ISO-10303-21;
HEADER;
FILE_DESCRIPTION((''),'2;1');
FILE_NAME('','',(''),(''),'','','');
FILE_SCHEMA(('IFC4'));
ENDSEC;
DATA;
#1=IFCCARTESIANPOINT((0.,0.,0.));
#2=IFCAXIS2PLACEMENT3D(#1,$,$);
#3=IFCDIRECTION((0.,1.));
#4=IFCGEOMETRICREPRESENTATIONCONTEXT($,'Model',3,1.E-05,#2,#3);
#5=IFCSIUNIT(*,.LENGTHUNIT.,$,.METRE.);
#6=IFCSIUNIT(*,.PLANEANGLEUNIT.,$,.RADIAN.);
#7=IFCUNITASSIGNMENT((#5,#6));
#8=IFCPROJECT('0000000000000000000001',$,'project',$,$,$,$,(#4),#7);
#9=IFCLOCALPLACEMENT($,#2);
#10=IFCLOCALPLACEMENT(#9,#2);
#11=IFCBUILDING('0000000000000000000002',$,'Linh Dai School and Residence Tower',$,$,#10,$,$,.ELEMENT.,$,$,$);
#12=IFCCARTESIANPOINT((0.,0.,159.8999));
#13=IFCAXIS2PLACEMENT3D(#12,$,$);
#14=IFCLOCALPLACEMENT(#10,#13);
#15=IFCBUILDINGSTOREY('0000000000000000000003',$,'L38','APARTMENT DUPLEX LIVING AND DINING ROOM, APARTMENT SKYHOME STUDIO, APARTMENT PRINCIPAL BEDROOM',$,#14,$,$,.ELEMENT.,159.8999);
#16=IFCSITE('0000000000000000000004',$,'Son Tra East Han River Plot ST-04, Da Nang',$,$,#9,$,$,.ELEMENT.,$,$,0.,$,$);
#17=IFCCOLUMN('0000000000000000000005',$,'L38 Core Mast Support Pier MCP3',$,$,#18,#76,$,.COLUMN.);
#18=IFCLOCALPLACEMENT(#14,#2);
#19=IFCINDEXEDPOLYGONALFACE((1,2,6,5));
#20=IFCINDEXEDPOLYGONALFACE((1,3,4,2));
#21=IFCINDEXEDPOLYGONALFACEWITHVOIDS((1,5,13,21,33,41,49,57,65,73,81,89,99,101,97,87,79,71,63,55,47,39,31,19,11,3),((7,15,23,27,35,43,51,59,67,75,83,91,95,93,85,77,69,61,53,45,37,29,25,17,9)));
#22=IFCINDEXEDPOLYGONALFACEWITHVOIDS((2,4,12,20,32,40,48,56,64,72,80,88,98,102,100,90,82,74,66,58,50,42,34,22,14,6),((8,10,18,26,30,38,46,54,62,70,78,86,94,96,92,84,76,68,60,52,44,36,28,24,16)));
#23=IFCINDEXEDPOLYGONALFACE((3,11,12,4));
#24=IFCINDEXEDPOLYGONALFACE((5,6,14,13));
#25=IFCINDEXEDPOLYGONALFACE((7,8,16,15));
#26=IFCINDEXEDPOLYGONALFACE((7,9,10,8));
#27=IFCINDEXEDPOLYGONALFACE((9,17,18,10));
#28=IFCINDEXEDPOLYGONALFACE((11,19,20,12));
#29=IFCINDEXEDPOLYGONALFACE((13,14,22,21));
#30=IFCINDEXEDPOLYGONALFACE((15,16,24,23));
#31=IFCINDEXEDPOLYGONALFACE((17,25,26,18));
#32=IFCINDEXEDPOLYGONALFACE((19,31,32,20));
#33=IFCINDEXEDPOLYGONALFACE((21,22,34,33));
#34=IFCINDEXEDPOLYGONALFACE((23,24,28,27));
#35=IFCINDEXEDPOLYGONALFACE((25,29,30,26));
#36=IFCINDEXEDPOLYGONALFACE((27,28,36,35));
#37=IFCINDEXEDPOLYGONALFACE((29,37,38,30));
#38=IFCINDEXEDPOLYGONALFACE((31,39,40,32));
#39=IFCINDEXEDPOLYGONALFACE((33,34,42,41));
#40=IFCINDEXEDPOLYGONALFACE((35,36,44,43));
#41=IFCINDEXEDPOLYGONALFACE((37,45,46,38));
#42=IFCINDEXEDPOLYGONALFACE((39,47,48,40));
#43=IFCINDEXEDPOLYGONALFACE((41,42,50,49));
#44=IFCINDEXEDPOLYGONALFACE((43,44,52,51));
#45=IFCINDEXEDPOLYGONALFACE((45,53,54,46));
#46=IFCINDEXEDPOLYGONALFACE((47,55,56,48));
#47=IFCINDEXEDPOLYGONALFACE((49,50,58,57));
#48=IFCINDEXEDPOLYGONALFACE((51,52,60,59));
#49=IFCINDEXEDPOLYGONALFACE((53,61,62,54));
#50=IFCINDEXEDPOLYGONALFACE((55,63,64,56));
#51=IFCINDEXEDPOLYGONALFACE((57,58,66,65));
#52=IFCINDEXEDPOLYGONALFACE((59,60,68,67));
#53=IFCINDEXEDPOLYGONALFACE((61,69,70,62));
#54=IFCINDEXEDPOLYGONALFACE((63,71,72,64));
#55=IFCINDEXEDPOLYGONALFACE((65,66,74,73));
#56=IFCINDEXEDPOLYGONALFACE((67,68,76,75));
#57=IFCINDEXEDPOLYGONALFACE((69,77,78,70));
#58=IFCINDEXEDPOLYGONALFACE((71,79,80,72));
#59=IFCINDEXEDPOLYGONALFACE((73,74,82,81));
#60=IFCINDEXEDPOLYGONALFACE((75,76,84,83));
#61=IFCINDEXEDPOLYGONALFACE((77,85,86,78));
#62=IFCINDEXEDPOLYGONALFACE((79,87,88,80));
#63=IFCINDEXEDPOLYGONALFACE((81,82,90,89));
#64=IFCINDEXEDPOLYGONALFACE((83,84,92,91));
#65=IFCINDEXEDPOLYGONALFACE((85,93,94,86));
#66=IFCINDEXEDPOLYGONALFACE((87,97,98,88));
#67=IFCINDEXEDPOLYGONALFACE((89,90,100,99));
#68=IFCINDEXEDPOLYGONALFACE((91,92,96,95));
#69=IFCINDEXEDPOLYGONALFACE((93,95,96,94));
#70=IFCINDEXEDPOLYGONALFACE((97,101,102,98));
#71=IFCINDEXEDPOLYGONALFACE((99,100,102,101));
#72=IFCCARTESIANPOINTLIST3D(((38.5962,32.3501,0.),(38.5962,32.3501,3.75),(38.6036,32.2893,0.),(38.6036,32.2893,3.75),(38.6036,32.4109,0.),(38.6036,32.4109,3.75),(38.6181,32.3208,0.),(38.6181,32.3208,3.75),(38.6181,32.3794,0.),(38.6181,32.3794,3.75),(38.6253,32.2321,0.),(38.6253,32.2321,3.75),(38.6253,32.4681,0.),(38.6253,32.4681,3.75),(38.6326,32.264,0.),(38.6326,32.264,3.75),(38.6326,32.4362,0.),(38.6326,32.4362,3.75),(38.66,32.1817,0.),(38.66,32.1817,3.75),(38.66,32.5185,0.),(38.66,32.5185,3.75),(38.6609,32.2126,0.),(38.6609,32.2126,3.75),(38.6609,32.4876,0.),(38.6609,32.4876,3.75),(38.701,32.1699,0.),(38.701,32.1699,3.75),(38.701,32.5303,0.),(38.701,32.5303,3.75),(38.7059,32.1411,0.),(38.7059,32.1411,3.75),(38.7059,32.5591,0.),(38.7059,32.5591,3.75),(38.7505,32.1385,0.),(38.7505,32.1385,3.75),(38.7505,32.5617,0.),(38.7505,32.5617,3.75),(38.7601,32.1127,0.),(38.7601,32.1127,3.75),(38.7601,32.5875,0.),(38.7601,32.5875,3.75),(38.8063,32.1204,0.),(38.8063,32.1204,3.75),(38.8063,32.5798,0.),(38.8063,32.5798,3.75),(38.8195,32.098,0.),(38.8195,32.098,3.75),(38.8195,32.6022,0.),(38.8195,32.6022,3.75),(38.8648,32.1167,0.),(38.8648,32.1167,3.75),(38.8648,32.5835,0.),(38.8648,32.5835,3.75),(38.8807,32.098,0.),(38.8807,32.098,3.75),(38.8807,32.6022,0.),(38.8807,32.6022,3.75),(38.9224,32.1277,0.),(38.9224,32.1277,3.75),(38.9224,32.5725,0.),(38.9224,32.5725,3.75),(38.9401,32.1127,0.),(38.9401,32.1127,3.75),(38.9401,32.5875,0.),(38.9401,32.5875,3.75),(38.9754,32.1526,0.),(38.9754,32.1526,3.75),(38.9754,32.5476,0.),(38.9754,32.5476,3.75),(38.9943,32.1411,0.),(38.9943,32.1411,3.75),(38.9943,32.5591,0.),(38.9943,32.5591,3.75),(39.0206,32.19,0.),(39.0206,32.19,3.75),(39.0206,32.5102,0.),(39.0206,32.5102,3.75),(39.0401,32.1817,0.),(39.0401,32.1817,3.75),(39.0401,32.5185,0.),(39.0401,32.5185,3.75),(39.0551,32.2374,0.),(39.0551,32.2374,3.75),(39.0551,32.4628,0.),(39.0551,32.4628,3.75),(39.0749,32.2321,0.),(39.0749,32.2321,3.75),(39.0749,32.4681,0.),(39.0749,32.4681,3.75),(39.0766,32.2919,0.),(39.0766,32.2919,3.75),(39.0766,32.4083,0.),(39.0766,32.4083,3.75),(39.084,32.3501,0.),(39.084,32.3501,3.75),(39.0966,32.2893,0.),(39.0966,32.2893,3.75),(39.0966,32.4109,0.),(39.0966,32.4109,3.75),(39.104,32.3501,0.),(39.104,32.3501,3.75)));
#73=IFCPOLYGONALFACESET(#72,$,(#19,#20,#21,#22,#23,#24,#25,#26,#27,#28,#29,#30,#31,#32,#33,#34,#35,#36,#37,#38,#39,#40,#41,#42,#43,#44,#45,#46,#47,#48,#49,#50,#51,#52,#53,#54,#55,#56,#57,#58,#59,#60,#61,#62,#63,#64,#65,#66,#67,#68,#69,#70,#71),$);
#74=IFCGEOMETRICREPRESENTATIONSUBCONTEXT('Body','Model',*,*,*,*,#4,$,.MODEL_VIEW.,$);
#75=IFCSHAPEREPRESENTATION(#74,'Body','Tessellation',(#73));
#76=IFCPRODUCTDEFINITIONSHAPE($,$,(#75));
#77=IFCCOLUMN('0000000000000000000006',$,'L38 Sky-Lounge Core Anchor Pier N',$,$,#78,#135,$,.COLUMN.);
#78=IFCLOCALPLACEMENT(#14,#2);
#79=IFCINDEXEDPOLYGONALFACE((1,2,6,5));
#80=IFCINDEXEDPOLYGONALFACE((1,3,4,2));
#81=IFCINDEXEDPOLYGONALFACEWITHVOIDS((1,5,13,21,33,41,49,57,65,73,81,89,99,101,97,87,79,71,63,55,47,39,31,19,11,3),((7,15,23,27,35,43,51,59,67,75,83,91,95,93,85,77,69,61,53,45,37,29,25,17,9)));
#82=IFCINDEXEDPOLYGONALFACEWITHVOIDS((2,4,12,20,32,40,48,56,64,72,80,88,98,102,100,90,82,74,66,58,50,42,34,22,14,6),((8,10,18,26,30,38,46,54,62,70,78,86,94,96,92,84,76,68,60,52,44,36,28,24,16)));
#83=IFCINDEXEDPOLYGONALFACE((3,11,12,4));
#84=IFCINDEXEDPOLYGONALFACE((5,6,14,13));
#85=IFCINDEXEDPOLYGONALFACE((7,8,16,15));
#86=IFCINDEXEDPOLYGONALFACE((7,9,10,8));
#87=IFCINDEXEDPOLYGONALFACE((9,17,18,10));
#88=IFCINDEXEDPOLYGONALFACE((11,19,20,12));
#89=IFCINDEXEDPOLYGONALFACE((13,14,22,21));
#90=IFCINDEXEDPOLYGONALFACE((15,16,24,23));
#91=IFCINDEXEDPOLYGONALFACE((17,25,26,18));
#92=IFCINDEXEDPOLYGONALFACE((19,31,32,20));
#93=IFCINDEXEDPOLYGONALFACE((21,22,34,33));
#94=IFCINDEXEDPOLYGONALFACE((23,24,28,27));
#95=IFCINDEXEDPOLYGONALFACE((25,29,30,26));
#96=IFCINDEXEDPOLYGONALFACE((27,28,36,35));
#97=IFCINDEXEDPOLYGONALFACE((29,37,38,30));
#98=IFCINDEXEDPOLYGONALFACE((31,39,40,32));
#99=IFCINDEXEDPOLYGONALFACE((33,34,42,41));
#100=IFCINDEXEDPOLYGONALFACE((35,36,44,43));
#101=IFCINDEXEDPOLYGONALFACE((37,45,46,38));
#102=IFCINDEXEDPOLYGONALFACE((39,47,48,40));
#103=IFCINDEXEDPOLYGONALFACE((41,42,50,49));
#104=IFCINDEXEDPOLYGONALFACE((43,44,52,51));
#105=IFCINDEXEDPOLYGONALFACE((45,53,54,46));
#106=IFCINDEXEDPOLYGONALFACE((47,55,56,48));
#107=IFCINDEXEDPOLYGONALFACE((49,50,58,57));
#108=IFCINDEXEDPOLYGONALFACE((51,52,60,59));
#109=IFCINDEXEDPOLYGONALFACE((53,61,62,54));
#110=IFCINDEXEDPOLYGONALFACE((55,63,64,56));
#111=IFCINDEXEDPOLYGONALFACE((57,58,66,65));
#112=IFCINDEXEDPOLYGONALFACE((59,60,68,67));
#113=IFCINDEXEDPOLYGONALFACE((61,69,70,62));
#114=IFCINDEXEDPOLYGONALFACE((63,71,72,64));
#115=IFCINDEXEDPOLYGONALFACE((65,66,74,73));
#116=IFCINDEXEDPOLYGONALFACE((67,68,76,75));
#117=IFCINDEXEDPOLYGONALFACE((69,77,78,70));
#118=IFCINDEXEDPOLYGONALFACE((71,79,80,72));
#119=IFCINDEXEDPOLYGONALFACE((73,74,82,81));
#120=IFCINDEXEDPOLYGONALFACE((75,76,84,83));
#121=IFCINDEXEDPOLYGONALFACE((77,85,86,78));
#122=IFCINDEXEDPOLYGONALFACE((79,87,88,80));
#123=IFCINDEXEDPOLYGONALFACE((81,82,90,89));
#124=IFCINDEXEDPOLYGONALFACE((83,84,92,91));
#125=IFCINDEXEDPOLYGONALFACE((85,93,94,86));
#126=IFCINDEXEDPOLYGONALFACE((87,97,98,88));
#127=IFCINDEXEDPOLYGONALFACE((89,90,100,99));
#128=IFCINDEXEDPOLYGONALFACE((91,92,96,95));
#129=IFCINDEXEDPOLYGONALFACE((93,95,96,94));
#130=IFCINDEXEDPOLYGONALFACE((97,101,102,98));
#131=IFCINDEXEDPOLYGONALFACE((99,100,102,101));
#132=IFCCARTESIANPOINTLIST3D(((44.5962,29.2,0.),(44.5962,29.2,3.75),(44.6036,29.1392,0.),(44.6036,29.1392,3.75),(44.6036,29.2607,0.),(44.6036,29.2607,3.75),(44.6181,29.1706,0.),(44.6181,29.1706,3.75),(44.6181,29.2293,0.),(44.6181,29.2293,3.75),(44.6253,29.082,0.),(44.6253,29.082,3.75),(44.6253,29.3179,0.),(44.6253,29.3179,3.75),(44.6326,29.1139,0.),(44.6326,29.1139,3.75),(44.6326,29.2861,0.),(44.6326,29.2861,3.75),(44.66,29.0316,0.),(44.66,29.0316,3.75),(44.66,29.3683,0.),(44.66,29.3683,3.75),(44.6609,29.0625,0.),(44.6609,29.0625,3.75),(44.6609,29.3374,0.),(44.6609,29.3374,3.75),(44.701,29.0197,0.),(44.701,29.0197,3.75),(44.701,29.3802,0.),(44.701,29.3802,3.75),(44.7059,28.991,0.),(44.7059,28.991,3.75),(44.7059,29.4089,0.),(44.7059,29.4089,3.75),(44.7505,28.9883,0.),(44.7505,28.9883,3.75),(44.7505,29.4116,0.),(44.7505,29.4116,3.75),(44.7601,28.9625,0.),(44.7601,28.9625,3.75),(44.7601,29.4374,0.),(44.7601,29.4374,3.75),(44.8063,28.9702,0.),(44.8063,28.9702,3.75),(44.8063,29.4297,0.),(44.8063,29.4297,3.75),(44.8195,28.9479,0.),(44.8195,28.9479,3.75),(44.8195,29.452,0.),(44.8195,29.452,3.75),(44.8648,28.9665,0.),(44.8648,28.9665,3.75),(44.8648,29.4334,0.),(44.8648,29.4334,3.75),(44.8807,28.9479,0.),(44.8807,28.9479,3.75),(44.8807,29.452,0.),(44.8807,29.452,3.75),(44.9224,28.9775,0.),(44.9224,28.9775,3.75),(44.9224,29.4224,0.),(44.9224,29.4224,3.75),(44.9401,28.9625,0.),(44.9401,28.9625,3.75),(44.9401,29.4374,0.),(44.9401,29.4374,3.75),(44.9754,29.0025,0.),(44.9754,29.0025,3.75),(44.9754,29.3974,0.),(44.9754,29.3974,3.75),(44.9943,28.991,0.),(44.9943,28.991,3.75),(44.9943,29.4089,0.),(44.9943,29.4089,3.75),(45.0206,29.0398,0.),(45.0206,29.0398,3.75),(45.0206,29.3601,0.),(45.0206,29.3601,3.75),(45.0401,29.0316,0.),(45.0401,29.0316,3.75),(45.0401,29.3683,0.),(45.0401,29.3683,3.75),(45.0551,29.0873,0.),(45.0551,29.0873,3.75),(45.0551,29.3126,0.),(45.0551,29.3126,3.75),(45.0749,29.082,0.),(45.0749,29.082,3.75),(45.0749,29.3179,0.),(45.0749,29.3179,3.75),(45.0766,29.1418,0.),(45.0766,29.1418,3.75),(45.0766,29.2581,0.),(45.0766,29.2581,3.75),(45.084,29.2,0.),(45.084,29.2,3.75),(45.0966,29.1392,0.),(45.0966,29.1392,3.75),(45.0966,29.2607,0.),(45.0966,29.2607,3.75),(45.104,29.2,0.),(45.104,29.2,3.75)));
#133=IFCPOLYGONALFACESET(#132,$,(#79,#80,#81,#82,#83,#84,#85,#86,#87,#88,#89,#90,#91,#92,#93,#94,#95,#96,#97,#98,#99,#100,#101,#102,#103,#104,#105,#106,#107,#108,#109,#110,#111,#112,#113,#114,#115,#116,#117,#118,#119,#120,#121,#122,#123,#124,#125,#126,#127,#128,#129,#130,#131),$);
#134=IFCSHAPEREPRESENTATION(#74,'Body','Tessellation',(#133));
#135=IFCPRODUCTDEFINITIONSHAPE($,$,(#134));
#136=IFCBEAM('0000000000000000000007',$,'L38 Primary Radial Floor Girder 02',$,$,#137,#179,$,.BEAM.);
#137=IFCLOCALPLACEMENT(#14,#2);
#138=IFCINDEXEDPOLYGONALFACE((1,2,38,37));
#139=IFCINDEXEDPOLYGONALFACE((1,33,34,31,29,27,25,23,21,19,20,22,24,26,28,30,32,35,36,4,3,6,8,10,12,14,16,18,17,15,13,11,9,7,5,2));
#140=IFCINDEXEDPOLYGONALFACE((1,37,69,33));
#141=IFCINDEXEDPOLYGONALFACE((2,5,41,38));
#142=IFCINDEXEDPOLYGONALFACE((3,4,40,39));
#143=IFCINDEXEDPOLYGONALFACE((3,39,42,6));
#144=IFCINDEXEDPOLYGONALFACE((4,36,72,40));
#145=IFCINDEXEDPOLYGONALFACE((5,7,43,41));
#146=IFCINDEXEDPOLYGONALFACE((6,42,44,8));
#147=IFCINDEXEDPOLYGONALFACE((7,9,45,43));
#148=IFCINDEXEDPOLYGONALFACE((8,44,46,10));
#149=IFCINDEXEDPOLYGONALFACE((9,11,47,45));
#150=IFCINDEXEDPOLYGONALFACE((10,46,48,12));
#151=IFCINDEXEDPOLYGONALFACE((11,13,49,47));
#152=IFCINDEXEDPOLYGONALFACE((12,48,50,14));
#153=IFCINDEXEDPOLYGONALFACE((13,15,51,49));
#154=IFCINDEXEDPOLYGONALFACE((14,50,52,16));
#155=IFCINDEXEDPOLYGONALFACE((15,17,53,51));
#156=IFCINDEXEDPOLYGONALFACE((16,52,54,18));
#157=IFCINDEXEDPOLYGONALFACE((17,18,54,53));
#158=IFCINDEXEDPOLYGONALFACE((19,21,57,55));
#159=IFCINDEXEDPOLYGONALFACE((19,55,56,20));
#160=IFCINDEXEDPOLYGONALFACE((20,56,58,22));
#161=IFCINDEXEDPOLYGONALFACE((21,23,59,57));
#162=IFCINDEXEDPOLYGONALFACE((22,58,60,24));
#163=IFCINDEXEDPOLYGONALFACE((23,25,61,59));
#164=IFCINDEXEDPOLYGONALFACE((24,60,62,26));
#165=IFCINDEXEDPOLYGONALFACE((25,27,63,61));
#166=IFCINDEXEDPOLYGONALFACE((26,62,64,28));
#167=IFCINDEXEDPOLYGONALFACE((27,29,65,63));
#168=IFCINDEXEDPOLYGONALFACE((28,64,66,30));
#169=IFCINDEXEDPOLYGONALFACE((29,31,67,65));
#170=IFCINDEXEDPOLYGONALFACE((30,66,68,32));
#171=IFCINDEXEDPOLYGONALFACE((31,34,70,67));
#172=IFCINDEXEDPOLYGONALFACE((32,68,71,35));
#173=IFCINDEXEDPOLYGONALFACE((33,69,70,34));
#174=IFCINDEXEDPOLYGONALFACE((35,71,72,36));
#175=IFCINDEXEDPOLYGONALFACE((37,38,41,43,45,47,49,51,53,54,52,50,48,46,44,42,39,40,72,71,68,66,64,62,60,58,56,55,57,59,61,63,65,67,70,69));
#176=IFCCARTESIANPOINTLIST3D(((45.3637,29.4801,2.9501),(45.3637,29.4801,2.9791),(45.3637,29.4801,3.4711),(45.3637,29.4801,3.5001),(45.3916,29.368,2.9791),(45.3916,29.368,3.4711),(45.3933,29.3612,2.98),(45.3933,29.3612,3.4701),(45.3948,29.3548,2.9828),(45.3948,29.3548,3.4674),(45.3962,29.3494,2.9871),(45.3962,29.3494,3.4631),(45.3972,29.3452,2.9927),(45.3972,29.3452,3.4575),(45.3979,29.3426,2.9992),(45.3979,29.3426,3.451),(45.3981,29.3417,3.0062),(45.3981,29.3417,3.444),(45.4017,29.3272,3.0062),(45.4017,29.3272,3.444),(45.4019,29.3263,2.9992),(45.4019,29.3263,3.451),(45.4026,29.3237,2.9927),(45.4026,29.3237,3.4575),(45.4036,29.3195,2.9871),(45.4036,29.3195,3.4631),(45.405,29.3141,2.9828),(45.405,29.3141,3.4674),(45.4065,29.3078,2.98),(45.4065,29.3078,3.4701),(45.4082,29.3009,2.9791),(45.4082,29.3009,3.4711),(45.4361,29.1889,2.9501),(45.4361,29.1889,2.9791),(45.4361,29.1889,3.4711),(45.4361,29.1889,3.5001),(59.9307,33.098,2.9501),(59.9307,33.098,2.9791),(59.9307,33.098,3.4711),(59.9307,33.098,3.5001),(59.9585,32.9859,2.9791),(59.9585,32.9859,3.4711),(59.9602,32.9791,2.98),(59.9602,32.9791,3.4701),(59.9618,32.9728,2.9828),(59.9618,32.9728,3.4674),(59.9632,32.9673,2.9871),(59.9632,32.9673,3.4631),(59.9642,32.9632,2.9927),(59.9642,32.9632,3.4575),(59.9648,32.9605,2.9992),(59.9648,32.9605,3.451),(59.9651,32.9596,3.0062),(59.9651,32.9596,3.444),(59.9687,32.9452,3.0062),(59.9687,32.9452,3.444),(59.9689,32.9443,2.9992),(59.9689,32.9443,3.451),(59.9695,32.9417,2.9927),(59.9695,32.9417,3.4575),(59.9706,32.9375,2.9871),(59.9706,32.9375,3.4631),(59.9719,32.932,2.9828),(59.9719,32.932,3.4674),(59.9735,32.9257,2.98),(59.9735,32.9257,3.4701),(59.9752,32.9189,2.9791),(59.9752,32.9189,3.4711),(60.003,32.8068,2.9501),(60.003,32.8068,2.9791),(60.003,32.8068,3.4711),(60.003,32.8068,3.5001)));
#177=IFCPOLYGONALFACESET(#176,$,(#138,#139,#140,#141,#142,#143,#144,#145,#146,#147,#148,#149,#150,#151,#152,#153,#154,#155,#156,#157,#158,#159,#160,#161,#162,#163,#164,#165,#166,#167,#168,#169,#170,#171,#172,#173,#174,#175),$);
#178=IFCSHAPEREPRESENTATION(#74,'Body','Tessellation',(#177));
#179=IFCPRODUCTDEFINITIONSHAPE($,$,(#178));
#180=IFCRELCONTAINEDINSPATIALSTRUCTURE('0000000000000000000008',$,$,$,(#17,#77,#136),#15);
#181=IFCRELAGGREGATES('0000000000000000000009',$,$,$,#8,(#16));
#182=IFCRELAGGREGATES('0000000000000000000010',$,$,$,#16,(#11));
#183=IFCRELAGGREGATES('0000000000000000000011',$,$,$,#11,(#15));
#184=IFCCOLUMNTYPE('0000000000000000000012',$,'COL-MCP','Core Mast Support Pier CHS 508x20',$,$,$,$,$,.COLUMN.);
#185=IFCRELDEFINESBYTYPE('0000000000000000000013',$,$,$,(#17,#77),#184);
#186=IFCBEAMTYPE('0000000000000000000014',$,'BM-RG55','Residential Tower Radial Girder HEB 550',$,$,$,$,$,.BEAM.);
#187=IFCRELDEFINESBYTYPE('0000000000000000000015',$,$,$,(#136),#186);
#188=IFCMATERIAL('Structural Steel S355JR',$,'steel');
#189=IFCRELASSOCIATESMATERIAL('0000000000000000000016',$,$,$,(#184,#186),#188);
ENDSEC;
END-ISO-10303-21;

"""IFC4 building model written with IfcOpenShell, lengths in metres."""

from ifc_helpers import new_model, si_unit, direction, frame, origin, origin_2d, place, context, subcontext, project, spatial, hollow_circle, i_section, extrude, material, material_profile, profile_set, type_object, element, save


model = new_model("IFC4")

# Units and contexts
model_context = context("Model", 3, precision=1e-05, world=origin(), true_north=direction((0.0, 1.0)))
body_context = subcontext(model_context, "Body", "Model", "MODEL_VIEW")
ifc_project = project(units=[si_unit("LENGTHUNIT", "METRE"), si_unit("PLANEANGLEUNIT", "RADIAN")], contexts=[model_context])

# Site, building, storey
site_placement = place(None, origin())
site = spatial("IfcSite", under=ifc_project, at=site_placement, Name="Son Tra East Han River Plot ST-04, Da Nang", CompositionType="ELEMENT", RefElevation=0.0)
building_placement = place(site_placement, origin())
building = spatial("IfcBuilding", under=site, at=building_placement, Name="Linh Dai School and Residence Tower", CompositionType="ELEMENT")
storey_placement = place(building_placement, frame((0.0, 0.0, 159.8999)))
storey = spatial("IfcBuildingStorey", under=building, at=storey_placement, Name="L38", Description="APARTMENT DUPLEX LIVING AND DINING ROOM, APARTMENT SKYHOME STUDIO, APARTMENT PRINCIPAL BEDROOM", CompositionType="ELEMENT", Elevation=159.8999)

# Columns
ifc_material_1 = material(Name="Structural Steel S355JR", Category="steel")
ifc_material_profile_1 = material_profile(ifc_material_1, hollow_circle(Radius=0.2539, WallThickness=0.02, at=origin_2d()), Name="CHS 508x20")
ifc_profile_set_1 = profile_set([ifc_material_profile_1], Name="Structural Steel S355JR")
column_type_1 = type_object("IfcColumnType", Name="COL-MCP", Description="Core Mast Support Pier CHS 508x20", PredefinedType="COLUMN", material=ifc_profile_set_1)
for number, where, z_axis, x_axis, name in (
    (1, (38.8501, 32.3501, 0.0), (0.0, 0.0, 1.0), (1.0, 0.0, 0.0), "L38 Core Mast Support Pier MCP3"),
    (2, (44.8501, 29.2, 0.0), (0.0, 0.0, 1.0), (1.0, 0.0, 0.0), "L38 Sky-Lounge Core Anchor Pier N"),
):
    element("IfcColumn", number, at=place(storey_placement, frame(where, z_axis=z_axis, x_axis=x_axis)), inside=storey, type_object=column_type_1, Name=name, PredefinedType="COLUMN", context=body_context, shape_type="SweptSolid", body=[
        extrude(hollow_circle(Radius=0.2539, WallThickness=0.02, at=origin_2d()), origin(), (0.0, 0.0, 1.0), 3.75),
    ])

# Beam
ifc_material_profile_2 = material_profile(ifc_material_1, i_section(OverallWidth=0.3, OverallDepth=0.55, WebThickness=0.0149, FlangeThickness=0.0291, FilletRadius=0.0271, at=origin_2d()), Name="HEB 550")
ifc_profile_set_2 = profile_set([ifc_material_profile_2], Name="Structural Steel S355JR")
beam_type_1 = type_object("IfcBeamType", Name="BM-RG55", Description="Residential Tower Radial Girder HEB 550", PredefinedType="BEAM", material=ifc_profile_set_2)
beam_1_placement = place(storey_placement, frame((45.3999, 29.3345, 3.2251), z_axis=(0.970515, 0.241043, 0.0), x_axis=(-0.241043, 0.970515, 0.0)))
element("IfcBeam", 3, at=beam_1_placement, inside=storey, type_object=beam_type_1, Name="L38 Primary Radial Floor Girder 02", PredefinedType="BEAM", context=body_context, shape_type="SweptSolid", body=[
    extrude(i_section(OverallWidth=0.3, OverallDepth=0.55, WebThickness=0.0149, FlangeThickness=0.0291, FilletRadius=0.0271, at=origin_2d()), origin(), (0.0, 0.0, 1.0), 15.0095),
])

save(model, "model.ifc")
